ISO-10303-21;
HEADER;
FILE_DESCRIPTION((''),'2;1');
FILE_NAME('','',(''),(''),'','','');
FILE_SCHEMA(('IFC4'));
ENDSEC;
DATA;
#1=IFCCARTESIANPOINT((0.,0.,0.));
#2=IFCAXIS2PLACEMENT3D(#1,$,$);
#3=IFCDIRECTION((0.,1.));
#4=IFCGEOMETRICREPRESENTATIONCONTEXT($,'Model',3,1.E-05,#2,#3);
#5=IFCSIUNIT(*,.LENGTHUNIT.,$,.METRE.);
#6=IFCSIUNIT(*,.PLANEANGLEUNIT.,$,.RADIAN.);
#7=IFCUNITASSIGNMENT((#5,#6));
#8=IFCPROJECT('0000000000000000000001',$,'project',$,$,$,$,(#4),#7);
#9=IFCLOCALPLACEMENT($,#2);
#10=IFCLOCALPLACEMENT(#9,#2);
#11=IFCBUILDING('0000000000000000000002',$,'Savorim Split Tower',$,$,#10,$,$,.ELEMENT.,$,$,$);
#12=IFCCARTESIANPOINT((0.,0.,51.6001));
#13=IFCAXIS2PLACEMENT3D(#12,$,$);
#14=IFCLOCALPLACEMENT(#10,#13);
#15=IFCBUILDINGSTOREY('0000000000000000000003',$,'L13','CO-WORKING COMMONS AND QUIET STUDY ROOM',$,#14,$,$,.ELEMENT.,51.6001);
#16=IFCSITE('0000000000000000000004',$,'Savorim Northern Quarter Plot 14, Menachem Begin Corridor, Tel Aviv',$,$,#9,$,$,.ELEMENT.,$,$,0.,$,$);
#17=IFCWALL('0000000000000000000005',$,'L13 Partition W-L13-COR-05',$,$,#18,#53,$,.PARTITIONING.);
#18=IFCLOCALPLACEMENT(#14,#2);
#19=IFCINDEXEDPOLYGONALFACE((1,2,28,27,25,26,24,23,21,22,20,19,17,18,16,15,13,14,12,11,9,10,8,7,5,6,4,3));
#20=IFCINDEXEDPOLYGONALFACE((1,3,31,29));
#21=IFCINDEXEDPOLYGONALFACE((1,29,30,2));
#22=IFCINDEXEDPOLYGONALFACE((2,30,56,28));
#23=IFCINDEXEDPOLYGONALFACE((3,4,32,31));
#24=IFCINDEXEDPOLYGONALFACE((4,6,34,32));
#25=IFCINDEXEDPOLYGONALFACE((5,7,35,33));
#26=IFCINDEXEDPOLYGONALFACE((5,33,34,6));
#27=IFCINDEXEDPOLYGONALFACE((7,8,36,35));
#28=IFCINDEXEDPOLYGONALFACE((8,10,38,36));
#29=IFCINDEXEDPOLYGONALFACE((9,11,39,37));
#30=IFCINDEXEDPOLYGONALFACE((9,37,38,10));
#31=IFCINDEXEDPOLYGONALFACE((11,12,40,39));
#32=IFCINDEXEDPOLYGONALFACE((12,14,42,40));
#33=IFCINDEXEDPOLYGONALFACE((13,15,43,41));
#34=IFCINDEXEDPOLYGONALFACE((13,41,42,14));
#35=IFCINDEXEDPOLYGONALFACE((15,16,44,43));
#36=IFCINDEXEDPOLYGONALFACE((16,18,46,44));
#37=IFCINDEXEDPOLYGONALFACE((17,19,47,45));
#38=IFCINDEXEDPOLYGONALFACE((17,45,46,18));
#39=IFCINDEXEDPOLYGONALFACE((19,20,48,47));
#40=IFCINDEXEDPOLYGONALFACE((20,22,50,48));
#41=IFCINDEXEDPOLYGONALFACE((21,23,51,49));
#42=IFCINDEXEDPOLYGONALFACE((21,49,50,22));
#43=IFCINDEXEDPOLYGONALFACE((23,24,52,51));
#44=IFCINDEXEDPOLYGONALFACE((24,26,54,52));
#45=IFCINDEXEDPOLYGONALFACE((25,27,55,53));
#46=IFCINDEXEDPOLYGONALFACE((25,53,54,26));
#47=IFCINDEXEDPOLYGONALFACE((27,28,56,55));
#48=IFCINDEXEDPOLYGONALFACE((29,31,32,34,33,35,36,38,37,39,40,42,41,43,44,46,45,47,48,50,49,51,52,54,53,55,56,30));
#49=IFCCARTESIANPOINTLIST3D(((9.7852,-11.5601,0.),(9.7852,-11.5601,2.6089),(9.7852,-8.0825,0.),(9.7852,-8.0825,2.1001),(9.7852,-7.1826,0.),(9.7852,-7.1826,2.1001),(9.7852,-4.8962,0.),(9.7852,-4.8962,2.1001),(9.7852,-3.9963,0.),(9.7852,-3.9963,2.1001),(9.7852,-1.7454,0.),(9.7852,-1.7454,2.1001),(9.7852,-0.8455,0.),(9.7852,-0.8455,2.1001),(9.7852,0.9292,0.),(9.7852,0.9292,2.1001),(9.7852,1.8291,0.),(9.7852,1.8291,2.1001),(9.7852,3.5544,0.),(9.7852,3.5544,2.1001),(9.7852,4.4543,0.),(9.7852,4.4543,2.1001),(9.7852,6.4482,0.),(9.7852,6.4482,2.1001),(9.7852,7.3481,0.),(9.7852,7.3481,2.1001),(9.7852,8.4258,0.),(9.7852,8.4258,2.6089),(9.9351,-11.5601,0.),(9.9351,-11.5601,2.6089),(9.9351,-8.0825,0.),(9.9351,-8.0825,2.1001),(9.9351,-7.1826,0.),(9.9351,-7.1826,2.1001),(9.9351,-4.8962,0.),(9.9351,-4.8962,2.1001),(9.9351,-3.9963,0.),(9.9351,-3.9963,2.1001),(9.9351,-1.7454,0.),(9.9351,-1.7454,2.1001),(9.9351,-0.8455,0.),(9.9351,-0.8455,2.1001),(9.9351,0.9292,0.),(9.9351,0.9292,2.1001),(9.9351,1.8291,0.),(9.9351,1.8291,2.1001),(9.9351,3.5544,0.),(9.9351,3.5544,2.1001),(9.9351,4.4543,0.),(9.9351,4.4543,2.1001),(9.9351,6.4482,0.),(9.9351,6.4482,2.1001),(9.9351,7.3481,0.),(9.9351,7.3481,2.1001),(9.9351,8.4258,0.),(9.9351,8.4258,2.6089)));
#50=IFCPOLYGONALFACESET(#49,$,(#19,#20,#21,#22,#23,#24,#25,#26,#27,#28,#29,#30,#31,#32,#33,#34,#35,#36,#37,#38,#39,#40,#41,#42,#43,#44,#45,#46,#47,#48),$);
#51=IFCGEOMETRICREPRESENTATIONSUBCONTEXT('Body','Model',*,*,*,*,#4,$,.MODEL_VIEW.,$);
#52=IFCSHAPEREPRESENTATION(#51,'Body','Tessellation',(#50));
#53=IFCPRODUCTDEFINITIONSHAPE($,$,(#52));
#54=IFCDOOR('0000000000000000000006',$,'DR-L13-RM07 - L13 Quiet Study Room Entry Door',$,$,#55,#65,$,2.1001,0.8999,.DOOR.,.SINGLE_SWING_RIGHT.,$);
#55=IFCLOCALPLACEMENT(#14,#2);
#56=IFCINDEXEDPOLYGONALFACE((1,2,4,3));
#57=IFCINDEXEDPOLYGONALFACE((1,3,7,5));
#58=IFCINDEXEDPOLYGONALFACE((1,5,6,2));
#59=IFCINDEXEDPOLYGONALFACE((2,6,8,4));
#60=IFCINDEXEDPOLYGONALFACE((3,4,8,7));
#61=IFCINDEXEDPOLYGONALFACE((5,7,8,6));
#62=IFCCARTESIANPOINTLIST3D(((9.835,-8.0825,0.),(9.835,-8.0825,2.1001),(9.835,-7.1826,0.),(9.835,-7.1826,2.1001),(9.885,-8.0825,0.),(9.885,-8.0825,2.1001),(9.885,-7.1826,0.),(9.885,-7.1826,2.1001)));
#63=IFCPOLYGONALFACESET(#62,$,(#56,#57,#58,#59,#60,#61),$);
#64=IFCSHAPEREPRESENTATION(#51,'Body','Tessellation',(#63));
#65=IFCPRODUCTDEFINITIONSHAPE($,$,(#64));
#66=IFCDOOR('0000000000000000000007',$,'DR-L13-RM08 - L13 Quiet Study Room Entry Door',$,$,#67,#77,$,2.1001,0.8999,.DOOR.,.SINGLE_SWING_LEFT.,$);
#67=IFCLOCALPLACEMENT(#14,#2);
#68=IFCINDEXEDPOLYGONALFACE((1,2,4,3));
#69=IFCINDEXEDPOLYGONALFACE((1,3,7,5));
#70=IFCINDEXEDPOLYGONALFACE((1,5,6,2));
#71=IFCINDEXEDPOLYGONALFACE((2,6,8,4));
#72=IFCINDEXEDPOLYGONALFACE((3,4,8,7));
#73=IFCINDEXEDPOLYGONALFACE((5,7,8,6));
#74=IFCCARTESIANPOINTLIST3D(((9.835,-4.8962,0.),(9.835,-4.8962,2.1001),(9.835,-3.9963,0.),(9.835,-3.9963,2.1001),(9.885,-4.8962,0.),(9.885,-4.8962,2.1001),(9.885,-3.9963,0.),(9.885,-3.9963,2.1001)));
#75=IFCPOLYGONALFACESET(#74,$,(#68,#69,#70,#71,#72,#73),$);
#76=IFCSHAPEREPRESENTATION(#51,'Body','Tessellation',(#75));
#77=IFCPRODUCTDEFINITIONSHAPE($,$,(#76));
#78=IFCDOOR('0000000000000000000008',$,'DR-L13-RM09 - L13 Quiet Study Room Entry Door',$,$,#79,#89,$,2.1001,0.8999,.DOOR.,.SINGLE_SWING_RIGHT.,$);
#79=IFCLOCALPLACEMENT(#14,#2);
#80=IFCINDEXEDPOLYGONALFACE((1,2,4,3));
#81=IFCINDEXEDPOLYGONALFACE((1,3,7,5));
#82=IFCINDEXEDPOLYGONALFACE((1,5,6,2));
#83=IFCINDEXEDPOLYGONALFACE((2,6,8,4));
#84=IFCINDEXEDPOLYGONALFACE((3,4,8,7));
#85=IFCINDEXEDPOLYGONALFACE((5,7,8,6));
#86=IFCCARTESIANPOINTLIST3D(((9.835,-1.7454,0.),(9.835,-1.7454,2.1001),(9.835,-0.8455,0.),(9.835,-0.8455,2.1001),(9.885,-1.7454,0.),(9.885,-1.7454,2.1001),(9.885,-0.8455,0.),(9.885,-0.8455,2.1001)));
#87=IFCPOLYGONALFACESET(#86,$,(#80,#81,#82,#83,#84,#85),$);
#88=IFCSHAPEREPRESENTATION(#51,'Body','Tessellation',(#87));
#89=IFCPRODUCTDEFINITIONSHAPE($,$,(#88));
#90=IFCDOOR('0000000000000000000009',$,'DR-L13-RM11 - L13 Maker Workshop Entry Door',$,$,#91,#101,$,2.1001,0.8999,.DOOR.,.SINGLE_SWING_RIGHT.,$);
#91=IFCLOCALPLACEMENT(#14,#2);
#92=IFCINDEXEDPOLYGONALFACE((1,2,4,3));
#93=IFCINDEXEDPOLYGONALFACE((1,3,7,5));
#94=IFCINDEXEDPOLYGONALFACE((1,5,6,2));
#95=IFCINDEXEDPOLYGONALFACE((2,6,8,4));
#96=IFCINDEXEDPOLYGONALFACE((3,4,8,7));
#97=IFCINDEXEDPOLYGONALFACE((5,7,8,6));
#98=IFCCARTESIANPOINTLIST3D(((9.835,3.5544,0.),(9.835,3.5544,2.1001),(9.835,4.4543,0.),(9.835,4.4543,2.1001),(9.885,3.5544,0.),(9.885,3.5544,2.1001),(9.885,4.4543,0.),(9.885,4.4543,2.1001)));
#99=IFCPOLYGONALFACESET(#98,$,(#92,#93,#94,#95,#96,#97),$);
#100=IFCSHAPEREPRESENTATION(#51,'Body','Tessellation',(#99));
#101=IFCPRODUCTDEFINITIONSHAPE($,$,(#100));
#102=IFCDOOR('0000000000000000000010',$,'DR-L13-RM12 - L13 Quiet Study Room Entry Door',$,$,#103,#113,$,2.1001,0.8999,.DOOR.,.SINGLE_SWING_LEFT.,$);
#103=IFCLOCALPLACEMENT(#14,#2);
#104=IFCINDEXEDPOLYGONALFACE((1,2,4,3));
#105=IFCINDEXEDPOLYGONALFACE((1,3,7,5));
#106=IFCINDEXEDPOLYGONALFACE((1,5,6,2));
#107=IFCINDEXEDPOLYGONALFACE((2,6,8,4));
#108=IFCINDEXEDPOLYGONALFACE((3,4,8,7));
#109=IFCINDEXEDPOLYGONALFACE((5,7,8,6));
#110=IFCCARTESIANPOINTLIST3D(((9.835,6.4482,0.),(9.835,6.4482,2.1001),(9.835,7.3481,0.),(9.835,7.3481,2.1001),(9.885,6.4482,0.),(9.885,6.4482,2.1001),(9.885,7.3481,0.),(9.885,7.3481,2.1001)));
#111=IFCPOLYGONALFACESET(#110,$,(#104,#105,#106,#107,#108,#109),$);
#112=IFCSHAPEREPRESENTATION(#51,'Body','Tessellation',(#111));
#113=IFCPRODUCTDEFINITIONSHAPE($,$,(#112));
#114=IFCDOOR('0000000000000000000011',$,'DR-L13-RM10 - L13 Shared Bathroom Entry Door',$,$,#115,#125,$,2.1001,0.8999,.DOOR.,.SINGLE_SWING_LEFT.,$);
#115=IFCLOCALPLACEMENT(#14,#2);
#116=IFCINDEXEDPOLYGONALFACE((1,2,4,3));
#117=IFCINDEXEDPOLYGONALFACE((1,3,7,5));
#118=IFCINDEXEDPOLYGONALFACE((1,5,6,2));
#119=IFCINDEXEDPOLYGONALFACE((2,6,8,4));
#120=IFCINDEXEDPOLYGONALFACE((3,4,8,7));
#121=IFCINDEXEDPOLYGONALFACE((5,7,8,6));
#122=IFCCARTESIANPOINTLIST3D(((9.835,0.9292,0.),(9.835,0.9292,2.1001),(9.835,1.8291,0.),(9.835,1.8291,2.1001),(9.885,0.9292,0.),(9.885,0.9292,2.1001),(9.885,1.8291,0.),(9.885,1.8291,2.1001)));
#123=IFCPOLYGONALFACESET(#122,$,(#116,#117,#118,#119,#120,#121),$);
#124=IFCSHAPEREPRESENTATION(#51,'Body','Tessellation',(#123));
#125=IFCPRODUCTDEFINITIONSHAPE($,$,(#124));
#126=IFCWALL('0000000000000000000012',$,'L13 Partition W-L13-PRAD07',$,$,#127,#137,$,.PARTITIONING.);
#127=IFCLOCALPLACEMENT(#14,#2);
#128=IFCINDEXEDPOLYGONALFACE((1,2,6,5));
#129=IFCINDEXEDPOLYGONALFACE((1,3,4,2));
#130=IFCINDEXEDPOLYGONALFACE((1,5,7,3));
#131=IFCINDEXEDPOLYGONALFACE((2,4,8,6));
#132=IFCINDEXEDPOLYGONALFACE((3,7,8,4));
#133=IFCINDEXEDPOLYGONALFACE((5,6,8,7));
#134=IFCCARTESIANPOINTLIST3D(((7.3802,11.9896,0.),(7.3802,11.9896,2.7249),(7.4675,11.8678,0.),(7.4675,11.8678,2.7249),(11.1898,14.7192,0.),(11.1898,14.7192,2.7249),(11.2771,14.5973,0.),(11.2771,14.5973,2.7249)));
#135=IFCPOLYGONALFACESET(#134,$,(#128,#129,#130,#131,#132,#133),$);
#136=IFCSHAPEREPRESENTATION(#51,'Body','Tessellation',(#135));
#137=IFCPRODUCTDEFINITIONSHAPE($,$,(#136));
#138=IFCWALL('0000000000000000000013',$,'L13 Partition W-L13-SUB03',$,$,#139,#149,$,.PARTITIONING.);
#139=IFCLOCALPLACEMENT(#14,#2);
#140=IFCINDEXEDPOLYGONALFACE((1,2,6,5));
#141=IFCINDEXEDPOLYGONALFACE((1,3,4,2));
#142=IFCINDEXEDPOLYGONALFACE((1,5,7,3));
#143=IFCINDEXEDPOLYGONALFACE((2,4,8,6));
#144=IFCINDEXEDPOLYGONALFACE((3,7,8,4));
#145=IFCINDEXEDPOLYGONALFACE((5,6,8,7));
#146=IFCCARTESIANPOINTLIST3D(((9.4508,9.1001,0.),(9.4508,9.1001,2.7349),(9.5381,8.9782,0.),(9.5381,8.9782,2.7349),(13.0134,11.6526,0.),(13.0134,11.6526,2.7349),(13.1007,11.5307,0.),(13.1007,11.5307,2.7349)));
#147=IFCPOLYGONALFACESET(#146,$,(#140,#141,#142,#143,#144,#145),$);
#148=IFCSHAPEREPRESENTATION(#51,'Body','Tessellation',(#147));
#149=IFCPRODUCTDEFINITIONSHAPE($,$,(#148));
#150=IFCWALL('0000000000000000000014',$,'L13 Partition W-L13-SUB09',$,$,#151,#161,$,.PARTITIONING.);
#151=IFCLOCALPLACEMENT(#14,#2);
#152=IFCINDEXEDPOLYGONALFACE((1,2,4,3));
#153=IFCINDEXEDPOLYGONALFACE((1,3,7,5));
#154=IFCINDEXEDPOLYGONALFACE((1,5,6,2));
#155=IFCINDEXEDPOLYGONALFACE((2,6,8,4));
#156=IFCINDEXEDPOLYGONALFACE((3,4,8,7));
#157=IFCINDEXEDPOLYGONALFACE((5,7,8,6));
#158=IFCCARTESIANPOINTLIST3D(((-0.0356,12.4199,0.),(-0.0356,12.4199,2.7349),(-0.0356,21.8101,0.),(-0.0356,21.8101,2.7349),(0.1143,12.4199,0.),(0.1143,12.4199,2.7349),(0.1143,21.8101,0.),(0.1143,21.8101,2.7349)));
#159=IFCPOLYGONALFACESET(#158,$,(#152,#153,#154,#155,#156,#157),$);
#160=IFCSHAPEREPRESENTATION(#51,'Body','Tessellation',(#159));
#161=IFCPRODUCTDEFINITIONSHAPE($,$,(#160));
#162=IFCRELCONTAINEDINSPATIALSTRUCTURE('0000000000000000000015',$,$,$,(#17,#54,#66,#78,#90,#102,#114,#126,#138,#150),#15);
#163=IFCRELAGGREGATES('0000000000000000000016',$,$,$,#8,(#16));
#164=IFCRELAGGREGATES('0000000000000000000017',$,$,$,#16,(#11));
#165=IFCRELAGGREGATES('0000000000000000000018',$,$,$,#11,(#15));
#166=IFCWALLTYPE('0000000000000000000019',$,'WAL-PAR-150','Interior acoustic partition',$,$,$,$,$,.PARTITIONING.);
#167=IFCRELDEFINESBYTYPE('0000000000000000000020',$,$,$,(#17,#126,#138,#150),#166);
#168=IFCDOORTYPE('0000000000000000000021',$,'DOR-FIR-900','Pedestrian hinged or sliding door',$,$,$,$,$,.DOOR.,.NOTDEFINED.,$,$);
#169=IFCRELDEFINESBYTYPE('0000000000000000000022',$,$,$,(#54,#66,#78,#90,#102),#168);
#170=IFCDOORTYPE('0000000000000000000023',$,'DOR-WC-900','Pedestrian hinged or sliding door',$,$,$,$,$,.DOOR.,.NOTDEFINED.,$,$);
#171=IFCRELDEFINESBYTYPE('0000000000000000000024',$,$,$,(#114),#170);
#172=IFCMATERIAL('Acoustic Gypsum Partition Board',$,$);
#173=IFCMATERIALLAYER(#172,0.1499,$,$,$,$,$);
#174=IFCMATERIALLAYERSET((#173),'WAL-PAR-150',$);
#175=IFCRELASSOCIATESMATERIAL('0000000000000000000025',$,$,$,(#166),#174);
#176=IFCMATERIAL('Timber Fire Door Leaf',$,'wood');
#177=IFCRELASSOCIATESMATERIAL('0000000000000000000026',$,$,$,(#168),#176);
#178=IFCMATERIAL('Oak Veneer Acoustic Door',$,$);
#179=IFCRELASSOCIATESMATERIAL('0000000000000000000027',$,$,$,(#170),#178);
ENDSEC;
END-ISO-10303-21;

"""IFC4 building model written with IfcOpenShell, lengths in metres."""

from ifc_helpers import new_model, si_unit, direction, frame, frame_2d, origin, place, context, subcontext, project, spatial, rectangle, extrude, material, layer, layer_set, type_object, element, fill, save


model = new_model("IFC4")

# Units and contexts
model_context = context("Model", 3, precision=1e-05, world=origin(), true_north=direction((0.0, 1.0)))
body_context = subcontext(model_context, "Body", "Model", "MODEL_VIEW")
ifc_project = project(units=[si_unit("LENGTHUNIT", "METRE"), si_unit("PLANEANGLEUNIT", "RADIAN")], contexts=[model_context])

# Site, building, storey
site_placement = place(None, origin())
site = spatial("IfcSite", under=ifc_project, at=site_placement, Name="Savorim Northern Quarter Plot 14, Menachem Begin Corridor, Tel Aviv", CompositionType="ELEMENT", RefElevation=0.0)
building_placement = place(site_placement, origin())
building = spatial("IfcBuilding", under=site, at=building_placement, Name="Savorim Split Tower", CompositionType="ELEMENT")
storey_placement = place(building_placement, frame((0.0, 0.0, 51.6001)))
storey = spatial("IfcBuildingStorey", under=building, at=storey_placement, Name="L13", Description="CO-WORKING COMMONS AND QUIET STUDY ROOM", CompositionType="ELEMENT", Elevation=51.6001)

# Shared definitions
ifc_material_1 = material(Name="Timber Fire Door Leaf", Category="wood")

# Shared definitions
ifc_material_2 = material(Name="Acoustic Gypsum Partition Board")
ifc_layer_1 = layer(ifc_material_2, 0.1499)
ifc_layer_set_1 = layer_set([ifc_layer_1], Name="WAL-PAR-150")
wall_type_1 = type_object("IfcWallType", Name="WAL-PAR-150", Description="Interior acoustic partition", PredefinedType="PARTITIONING", material=ifc_layer_set_1)

# Wall, openings, doors
wall_1_placement = place(storey_placement, frame((9.8601, 8.4258, 0.0), z_axis=(0.0, 0.0, 1.0), x_axis=(0.0, -1.0, 0.0)))
wall_1 = element("IfcWall", 1, at=wall_1_placement, inside=storey, type_object=wall_type_1, Name="L13 Partition W-L13-COR-05", PredefinedType="PARTITIONING", context=body_context, shape_type="SweptSolid", body=[
    extrude(rectangle(XDim=19.9858, YDim=0.1499, at=frame_2d((9.9929, 0.0))), origin(), (0.0, 0.0, 1.0), 2.6089),
])
opening_1_placement = place(wall_1_placement, frame((15.6084, 0.0, 0.0)))
opening_1 = element("IfcOpeningElement", 2, at=opening_1_placement, cuts=wall_1, PredefinedType="OPENING", context=body_context, shape_type="SweptSolid", body=[
    extrude(rectangle(XDim=0.8999, YDim=2.1001, at=frame_2d((0.45, 1.05))), frame((0.0, 0.085, 0.0), z_axis=(0.0, -1.0, 0.0), x_axis=(1.0, 0.0, 0.0)), (0.0, 0.0, 1.0), 0.1699),
])
opening_2_placement = place(wall_1_placement, frame((12.4221, 0.0, 0.0)))
opening_2 = element("IfcOpeningElement", 3, at=opening_2_placement, cuts=wall_1, PredefinedType="OPENING", context=body_context, shape_type="SweptSolid", body=[
    extrude(rectangle(XDim=0.8999, YDim=2.1001, at=frame_2d((0.45, 1.05))), frame((0.0, 0.085, 0.0), z_axis=(0.0, -1.0, 0.0), x_axis=(1.0, 0.0, 0.0)), (0.0, 0.0, 1.0), 0.1699),
])
opening_3_placement = place(wall_1_placement, frame((9.2712, 0.0, 0.0)))
opening_3 = element("IfcOpeningElement", 4, at=opening_3_placement, cuts=wall_1, PredefinedType="OPENING", context=body_context, shape_type="SweptSolid", body=[
    extrude(rectangle(XDim=0.8999, YDim=2.1001, at=frame_2d((0.45, 1.05))), frame((0.0, 0.085, 0.0), z_axis=(0.0, -1.0, 0.0), x_axis=(1.0, 0.0, 0.0)), (0.0, 0.0, 1.0), 0.1699),
])
opening_4_placement = place(wall_1_placement, frame((6.5967, 0.0, 0.0)))
opening_4 = element("IfcOpeningElement", 5, at=opening_4_placement, cuts=wall_1, PredefinedType="OPENING", context=body_context, shape_type="SweptSolid", body=[
    extrude(rectangle(XDim=0.8999, YDim=2.1001, at=frame_2d((0.45, 1.05))), frame((0.0, 0.085, 0.0), z_axis=(0.0, -1.0, 0.0), x_axis=(1.0, 0.0, 0.0)), (0.0, 0.0, 1.0), 0.1699),
])
opening_5_placement = place(wall_1_placement, frame((3.9714, 0.0, 0.0)))
opening_5 = element("IfcOpeningElement", 6, at=opening_5_placement, cuts=wall_1, PredefinedType="OPENING", context=body_context, shape_type="SweptSolid", body=[
    extrude(rectangle(XDim=0.8999, YDim=2.1001, at=frame_2d((0.45, 1.05))), frame((0.0, 0.085, 0.0), z_axis=(0.0, -1.0, 0.0), x_axis=(1.0, 0.0, 0.0)), (0.0, 0.0, 1.0), 0.1699),
])
opening_6_placement = place(wall_1_placement, frame((1.0776, 0.0, 0.0)))
opening_6 = element("IfcOpeningElement", 7, at=opening_6_placement, cuts=wall_1, PredefinedType="OPENING", context=body_context, shape_type="SweptSolid", body=[
    extrude(rectangle(XDim=0.8999, YDim=2.1001, at=frame_2d((0.45, 1.05))), frame((0.0, 0.085, 0.0), z_axis=(0.0, -1.0, 0.0), x_axis=(1.0, 0.0, 0.0)), (0.0, 0.0, 1.0), 0.1699),
])
door_type_1 = type_object("IfcDoorType", Name="DOR-FIR-900", Description="Pedestrian hinged or sliding door", OperationType="NOTDEFINED", PredefinedType="DOOR", material=ifc_material_1)
door_1_placement = place(opening_1_placement, origin())
door_1 = element("IfcDoor", 8, at=door_1_placement, inside=storey, type_object=door_type_1, Name="DR-L13-RM07 - L13 Quiet Study Room Entry Door", OperationType="SINGLE_SWING_RIGHT", OverallHeight=2.1001, OverallWidth=0.8999, PredefinedType="DOOR", context=body_context, shape_type="SweptSolid", body=[
    extrude(rectangle(XDim=0.8999, YDim=2.1001, at=frame_2d((0.45, 1.05))), frame((0.0, 0.0249, 0.0), z_axis=(0.0, -1.0, 0.0), x_axis=(1.0, 0.0, 0.0)), (0.0, 0.0, 1.0), 0.05),
])
fill(opening_1, door_1)
door_2_placement = place(opening_2_placement, origin())
door_2 = element("IfcDoor", 9, at=door_2_placement, inside=storey, type_object=door_type_1, Name="DR-L13-RM08 - L13 Quiet Study Room Entry Door", OperationType="SINGLE_SWING_LEFT", OverallHeight=2.1001, OverallWidth=0.8999, PredefinedType="DOOR", context=body_context, shape_type="SweptSolid", body=[
    extrude(rectangle(XDim=0.8999, YDim=2.1001, at=frame_2d((0.45, 1.05))), frame((0.0, 0.0249, 0.0), z_axis=(0.0, -1.0, 0.0), x_axis=(1.0, 0.0, 0.0)), (0.0, 0.0, 1.0), 0.05),
])
fill(opening_2, door_2)
door_3_placement = place(opening_3_placement, origin())
door_3 = element("IfcDoor", 10, at=door_3_placement, inside=storey, type_object=door_type_1, Name="DR-L13-RM09 - L13 Quiet Study Room Entry Door", OperationType="SINGLE_SWING_RIGHT", OverallHeight=2.1001, OverallWidth=0.8999, PredefinedType="DOOR", context=body_context, shape_type="SweptSolid", body=[
    extrude(rectangle(XDim=0.8999, YDim=2.1001, at=frame_2d((0.45, 1.05))), frame((0.0, 0.0249, 0.0), z_axis=(0.0, -1.0, 0.0), x_axis=(1.0, 0.0, 0.0)), (0.0, 0.0, 1.0), 0.05),
])
fill(opening_3, door_3)
door_4_placement = place(opening_5_placement, origin())
door_4 = element("IfcDoor", 11, at=door_4_placement, inside=storey, type_object=door_type_1, Name="DR-L13-RM11 - L13 Maker Workshop Entry Door", OperationType="SINGLE_SWING_RIGHT", OverallHeight=2.1001, OverallWidth=0.8999, PredefinedType="DOOR", context=body_context, shape_type="SweptSolid", body=[
    extrude(rectangle(XDim=0.8999, YDim=2.1001, at=frame_2d((0.45, 1.05))), frame((0.0, 0.0249, 0.0), z_axis=(0.0, -1.0, 0.0), x_axis=(1.0, 0.0, 0.0)), (0.0, 0.0, 1.0), 0.05),
])
fill(opening_5, door_4)
door_5_placement = place(opening_6_placement, origin())
door_5 = element("IfcDoor", 12, at=door_5_placement, inside=storey, type_object=door_type_1, Name="DR-L13-RM12 - L13 Quiet Study Room Entry Door", OperationType="SINGLE_SWING_LEFT", OverallHeight=2.1001, OverallWidth=0.8999, PredefinedType="DOOR", context=body_context, shape_type="SweptSolid", body=[
    extrude(rectangle(XDim=0.8999, YDim=2.1001, at=frame_2d((0.45, 1.05))), frame((0.0, 0.0249, 0.0), z_axis=(0.0, -1.0, 0.0), x_axis=(1.0, 0.0, 0.0)), (0.0, 0.0, 1.0), 0.05),
])
fill(opening_6, door_5)
ifc_material_3 = material(Name="Oak Veneer Acoustic Door")
door_type_2 = type_object("IfcDoorType", Name="DOR-WC-900", Description="Pedestrian hinged or sliding door", OperationType="NOTDEFINED", PredefinedType="DOOR", material=ifc_material_3)
door_6_placement = place(opening_4_placement, origin())
door_6 = element("IfcDoor", 13, at=door_6_placement, inside=storey, type_object=door_type_2, Name="DR-L13-RM10 - L13 Shared Bathroom Entry Door", OperationType="SINGLE_SWING_LEFT", OverallHeight=2.1001, OverallWidth=0.8999, PredefinedType="DOOR", context=body_context, shape_type="SweptSolid", body=[
    extrude(rectangle(XDim=0.8999, YDim=2.1001, at=frame_2d((0.45, 1.05))), frame((0.0, 0.0249, 0.0), z_axis=(0.0, -1.0, 0.0), x_axis=(1.0, 0.0, 0.0)), (0.0, 0.0, 1.0), 0.05),
])
fill(opening_4, door_6)

# Walls
wall_2_placement = place(storey_placement, frame((7.4238, 11.9287, 0.0), z_axis=(0.0, 0.0, 1.0), x_axis=(0.812888, 0.58242, 0.0)))
element("IfcWall", 14, at=wall_2_placement, inside=storey, type_object=wall_type_1, Name="L13 Partition W-L13-PRAD07", PredefinedType="PARTITIONING", context=body_context, shape_type="SweptSolid", body=[
    extrude(rectangle(XDim=4.6865, YDim=0.1499, at=frame_2d((2.3433, 0.0))), origin(), (0.0, 0.0, 1.0), 2.7249),
])
wall_3_placement = place(storey_placement, frame((9.4944, 9.0391, 0.0), z_axis=(0.0, 0.0, 1.0), x_axis=(0.812886, 0.582423, 0.0)))
element("IfcWall", 15, at=wall_3_placement, inside=storey, type_object=wall_type_1, Name="L13 Partition W-L13-SUB03", PredefinedType="PARTITIONING", context=body_context, shape_type="SweptSolid", body=[
    extrude(rectangle(XDim=4.3826, YDim=0.1499, at=frame_2d((2.1914, 0.0))), origin(), (0.0, 0.0, 1.0), 2.7349),
])
wall_4_placement = place(storey_placement, frame((0.0393, 12.4199, 0.0), z_axis=(0.0, 0.0, 1.0), x_axis=(0.0, 1.0, 0.0)))
element("IfcWall", 16, at=wall_4_placement, inside=storey, type_object=wall_type_1, Name="L13 Partition W-L13-SUB09", PredefinedType="PARTITIONING", context=body_context, shape_type="SweptSolid", body=[
    extrude(rectangle(XDim=9.3901, YDim=0.1499, at=frame_2d((4.6951, 0.0))), origin(), (0.0, 0.0, 1.0), 2.7349),
])

save(model, "model.ifc")
